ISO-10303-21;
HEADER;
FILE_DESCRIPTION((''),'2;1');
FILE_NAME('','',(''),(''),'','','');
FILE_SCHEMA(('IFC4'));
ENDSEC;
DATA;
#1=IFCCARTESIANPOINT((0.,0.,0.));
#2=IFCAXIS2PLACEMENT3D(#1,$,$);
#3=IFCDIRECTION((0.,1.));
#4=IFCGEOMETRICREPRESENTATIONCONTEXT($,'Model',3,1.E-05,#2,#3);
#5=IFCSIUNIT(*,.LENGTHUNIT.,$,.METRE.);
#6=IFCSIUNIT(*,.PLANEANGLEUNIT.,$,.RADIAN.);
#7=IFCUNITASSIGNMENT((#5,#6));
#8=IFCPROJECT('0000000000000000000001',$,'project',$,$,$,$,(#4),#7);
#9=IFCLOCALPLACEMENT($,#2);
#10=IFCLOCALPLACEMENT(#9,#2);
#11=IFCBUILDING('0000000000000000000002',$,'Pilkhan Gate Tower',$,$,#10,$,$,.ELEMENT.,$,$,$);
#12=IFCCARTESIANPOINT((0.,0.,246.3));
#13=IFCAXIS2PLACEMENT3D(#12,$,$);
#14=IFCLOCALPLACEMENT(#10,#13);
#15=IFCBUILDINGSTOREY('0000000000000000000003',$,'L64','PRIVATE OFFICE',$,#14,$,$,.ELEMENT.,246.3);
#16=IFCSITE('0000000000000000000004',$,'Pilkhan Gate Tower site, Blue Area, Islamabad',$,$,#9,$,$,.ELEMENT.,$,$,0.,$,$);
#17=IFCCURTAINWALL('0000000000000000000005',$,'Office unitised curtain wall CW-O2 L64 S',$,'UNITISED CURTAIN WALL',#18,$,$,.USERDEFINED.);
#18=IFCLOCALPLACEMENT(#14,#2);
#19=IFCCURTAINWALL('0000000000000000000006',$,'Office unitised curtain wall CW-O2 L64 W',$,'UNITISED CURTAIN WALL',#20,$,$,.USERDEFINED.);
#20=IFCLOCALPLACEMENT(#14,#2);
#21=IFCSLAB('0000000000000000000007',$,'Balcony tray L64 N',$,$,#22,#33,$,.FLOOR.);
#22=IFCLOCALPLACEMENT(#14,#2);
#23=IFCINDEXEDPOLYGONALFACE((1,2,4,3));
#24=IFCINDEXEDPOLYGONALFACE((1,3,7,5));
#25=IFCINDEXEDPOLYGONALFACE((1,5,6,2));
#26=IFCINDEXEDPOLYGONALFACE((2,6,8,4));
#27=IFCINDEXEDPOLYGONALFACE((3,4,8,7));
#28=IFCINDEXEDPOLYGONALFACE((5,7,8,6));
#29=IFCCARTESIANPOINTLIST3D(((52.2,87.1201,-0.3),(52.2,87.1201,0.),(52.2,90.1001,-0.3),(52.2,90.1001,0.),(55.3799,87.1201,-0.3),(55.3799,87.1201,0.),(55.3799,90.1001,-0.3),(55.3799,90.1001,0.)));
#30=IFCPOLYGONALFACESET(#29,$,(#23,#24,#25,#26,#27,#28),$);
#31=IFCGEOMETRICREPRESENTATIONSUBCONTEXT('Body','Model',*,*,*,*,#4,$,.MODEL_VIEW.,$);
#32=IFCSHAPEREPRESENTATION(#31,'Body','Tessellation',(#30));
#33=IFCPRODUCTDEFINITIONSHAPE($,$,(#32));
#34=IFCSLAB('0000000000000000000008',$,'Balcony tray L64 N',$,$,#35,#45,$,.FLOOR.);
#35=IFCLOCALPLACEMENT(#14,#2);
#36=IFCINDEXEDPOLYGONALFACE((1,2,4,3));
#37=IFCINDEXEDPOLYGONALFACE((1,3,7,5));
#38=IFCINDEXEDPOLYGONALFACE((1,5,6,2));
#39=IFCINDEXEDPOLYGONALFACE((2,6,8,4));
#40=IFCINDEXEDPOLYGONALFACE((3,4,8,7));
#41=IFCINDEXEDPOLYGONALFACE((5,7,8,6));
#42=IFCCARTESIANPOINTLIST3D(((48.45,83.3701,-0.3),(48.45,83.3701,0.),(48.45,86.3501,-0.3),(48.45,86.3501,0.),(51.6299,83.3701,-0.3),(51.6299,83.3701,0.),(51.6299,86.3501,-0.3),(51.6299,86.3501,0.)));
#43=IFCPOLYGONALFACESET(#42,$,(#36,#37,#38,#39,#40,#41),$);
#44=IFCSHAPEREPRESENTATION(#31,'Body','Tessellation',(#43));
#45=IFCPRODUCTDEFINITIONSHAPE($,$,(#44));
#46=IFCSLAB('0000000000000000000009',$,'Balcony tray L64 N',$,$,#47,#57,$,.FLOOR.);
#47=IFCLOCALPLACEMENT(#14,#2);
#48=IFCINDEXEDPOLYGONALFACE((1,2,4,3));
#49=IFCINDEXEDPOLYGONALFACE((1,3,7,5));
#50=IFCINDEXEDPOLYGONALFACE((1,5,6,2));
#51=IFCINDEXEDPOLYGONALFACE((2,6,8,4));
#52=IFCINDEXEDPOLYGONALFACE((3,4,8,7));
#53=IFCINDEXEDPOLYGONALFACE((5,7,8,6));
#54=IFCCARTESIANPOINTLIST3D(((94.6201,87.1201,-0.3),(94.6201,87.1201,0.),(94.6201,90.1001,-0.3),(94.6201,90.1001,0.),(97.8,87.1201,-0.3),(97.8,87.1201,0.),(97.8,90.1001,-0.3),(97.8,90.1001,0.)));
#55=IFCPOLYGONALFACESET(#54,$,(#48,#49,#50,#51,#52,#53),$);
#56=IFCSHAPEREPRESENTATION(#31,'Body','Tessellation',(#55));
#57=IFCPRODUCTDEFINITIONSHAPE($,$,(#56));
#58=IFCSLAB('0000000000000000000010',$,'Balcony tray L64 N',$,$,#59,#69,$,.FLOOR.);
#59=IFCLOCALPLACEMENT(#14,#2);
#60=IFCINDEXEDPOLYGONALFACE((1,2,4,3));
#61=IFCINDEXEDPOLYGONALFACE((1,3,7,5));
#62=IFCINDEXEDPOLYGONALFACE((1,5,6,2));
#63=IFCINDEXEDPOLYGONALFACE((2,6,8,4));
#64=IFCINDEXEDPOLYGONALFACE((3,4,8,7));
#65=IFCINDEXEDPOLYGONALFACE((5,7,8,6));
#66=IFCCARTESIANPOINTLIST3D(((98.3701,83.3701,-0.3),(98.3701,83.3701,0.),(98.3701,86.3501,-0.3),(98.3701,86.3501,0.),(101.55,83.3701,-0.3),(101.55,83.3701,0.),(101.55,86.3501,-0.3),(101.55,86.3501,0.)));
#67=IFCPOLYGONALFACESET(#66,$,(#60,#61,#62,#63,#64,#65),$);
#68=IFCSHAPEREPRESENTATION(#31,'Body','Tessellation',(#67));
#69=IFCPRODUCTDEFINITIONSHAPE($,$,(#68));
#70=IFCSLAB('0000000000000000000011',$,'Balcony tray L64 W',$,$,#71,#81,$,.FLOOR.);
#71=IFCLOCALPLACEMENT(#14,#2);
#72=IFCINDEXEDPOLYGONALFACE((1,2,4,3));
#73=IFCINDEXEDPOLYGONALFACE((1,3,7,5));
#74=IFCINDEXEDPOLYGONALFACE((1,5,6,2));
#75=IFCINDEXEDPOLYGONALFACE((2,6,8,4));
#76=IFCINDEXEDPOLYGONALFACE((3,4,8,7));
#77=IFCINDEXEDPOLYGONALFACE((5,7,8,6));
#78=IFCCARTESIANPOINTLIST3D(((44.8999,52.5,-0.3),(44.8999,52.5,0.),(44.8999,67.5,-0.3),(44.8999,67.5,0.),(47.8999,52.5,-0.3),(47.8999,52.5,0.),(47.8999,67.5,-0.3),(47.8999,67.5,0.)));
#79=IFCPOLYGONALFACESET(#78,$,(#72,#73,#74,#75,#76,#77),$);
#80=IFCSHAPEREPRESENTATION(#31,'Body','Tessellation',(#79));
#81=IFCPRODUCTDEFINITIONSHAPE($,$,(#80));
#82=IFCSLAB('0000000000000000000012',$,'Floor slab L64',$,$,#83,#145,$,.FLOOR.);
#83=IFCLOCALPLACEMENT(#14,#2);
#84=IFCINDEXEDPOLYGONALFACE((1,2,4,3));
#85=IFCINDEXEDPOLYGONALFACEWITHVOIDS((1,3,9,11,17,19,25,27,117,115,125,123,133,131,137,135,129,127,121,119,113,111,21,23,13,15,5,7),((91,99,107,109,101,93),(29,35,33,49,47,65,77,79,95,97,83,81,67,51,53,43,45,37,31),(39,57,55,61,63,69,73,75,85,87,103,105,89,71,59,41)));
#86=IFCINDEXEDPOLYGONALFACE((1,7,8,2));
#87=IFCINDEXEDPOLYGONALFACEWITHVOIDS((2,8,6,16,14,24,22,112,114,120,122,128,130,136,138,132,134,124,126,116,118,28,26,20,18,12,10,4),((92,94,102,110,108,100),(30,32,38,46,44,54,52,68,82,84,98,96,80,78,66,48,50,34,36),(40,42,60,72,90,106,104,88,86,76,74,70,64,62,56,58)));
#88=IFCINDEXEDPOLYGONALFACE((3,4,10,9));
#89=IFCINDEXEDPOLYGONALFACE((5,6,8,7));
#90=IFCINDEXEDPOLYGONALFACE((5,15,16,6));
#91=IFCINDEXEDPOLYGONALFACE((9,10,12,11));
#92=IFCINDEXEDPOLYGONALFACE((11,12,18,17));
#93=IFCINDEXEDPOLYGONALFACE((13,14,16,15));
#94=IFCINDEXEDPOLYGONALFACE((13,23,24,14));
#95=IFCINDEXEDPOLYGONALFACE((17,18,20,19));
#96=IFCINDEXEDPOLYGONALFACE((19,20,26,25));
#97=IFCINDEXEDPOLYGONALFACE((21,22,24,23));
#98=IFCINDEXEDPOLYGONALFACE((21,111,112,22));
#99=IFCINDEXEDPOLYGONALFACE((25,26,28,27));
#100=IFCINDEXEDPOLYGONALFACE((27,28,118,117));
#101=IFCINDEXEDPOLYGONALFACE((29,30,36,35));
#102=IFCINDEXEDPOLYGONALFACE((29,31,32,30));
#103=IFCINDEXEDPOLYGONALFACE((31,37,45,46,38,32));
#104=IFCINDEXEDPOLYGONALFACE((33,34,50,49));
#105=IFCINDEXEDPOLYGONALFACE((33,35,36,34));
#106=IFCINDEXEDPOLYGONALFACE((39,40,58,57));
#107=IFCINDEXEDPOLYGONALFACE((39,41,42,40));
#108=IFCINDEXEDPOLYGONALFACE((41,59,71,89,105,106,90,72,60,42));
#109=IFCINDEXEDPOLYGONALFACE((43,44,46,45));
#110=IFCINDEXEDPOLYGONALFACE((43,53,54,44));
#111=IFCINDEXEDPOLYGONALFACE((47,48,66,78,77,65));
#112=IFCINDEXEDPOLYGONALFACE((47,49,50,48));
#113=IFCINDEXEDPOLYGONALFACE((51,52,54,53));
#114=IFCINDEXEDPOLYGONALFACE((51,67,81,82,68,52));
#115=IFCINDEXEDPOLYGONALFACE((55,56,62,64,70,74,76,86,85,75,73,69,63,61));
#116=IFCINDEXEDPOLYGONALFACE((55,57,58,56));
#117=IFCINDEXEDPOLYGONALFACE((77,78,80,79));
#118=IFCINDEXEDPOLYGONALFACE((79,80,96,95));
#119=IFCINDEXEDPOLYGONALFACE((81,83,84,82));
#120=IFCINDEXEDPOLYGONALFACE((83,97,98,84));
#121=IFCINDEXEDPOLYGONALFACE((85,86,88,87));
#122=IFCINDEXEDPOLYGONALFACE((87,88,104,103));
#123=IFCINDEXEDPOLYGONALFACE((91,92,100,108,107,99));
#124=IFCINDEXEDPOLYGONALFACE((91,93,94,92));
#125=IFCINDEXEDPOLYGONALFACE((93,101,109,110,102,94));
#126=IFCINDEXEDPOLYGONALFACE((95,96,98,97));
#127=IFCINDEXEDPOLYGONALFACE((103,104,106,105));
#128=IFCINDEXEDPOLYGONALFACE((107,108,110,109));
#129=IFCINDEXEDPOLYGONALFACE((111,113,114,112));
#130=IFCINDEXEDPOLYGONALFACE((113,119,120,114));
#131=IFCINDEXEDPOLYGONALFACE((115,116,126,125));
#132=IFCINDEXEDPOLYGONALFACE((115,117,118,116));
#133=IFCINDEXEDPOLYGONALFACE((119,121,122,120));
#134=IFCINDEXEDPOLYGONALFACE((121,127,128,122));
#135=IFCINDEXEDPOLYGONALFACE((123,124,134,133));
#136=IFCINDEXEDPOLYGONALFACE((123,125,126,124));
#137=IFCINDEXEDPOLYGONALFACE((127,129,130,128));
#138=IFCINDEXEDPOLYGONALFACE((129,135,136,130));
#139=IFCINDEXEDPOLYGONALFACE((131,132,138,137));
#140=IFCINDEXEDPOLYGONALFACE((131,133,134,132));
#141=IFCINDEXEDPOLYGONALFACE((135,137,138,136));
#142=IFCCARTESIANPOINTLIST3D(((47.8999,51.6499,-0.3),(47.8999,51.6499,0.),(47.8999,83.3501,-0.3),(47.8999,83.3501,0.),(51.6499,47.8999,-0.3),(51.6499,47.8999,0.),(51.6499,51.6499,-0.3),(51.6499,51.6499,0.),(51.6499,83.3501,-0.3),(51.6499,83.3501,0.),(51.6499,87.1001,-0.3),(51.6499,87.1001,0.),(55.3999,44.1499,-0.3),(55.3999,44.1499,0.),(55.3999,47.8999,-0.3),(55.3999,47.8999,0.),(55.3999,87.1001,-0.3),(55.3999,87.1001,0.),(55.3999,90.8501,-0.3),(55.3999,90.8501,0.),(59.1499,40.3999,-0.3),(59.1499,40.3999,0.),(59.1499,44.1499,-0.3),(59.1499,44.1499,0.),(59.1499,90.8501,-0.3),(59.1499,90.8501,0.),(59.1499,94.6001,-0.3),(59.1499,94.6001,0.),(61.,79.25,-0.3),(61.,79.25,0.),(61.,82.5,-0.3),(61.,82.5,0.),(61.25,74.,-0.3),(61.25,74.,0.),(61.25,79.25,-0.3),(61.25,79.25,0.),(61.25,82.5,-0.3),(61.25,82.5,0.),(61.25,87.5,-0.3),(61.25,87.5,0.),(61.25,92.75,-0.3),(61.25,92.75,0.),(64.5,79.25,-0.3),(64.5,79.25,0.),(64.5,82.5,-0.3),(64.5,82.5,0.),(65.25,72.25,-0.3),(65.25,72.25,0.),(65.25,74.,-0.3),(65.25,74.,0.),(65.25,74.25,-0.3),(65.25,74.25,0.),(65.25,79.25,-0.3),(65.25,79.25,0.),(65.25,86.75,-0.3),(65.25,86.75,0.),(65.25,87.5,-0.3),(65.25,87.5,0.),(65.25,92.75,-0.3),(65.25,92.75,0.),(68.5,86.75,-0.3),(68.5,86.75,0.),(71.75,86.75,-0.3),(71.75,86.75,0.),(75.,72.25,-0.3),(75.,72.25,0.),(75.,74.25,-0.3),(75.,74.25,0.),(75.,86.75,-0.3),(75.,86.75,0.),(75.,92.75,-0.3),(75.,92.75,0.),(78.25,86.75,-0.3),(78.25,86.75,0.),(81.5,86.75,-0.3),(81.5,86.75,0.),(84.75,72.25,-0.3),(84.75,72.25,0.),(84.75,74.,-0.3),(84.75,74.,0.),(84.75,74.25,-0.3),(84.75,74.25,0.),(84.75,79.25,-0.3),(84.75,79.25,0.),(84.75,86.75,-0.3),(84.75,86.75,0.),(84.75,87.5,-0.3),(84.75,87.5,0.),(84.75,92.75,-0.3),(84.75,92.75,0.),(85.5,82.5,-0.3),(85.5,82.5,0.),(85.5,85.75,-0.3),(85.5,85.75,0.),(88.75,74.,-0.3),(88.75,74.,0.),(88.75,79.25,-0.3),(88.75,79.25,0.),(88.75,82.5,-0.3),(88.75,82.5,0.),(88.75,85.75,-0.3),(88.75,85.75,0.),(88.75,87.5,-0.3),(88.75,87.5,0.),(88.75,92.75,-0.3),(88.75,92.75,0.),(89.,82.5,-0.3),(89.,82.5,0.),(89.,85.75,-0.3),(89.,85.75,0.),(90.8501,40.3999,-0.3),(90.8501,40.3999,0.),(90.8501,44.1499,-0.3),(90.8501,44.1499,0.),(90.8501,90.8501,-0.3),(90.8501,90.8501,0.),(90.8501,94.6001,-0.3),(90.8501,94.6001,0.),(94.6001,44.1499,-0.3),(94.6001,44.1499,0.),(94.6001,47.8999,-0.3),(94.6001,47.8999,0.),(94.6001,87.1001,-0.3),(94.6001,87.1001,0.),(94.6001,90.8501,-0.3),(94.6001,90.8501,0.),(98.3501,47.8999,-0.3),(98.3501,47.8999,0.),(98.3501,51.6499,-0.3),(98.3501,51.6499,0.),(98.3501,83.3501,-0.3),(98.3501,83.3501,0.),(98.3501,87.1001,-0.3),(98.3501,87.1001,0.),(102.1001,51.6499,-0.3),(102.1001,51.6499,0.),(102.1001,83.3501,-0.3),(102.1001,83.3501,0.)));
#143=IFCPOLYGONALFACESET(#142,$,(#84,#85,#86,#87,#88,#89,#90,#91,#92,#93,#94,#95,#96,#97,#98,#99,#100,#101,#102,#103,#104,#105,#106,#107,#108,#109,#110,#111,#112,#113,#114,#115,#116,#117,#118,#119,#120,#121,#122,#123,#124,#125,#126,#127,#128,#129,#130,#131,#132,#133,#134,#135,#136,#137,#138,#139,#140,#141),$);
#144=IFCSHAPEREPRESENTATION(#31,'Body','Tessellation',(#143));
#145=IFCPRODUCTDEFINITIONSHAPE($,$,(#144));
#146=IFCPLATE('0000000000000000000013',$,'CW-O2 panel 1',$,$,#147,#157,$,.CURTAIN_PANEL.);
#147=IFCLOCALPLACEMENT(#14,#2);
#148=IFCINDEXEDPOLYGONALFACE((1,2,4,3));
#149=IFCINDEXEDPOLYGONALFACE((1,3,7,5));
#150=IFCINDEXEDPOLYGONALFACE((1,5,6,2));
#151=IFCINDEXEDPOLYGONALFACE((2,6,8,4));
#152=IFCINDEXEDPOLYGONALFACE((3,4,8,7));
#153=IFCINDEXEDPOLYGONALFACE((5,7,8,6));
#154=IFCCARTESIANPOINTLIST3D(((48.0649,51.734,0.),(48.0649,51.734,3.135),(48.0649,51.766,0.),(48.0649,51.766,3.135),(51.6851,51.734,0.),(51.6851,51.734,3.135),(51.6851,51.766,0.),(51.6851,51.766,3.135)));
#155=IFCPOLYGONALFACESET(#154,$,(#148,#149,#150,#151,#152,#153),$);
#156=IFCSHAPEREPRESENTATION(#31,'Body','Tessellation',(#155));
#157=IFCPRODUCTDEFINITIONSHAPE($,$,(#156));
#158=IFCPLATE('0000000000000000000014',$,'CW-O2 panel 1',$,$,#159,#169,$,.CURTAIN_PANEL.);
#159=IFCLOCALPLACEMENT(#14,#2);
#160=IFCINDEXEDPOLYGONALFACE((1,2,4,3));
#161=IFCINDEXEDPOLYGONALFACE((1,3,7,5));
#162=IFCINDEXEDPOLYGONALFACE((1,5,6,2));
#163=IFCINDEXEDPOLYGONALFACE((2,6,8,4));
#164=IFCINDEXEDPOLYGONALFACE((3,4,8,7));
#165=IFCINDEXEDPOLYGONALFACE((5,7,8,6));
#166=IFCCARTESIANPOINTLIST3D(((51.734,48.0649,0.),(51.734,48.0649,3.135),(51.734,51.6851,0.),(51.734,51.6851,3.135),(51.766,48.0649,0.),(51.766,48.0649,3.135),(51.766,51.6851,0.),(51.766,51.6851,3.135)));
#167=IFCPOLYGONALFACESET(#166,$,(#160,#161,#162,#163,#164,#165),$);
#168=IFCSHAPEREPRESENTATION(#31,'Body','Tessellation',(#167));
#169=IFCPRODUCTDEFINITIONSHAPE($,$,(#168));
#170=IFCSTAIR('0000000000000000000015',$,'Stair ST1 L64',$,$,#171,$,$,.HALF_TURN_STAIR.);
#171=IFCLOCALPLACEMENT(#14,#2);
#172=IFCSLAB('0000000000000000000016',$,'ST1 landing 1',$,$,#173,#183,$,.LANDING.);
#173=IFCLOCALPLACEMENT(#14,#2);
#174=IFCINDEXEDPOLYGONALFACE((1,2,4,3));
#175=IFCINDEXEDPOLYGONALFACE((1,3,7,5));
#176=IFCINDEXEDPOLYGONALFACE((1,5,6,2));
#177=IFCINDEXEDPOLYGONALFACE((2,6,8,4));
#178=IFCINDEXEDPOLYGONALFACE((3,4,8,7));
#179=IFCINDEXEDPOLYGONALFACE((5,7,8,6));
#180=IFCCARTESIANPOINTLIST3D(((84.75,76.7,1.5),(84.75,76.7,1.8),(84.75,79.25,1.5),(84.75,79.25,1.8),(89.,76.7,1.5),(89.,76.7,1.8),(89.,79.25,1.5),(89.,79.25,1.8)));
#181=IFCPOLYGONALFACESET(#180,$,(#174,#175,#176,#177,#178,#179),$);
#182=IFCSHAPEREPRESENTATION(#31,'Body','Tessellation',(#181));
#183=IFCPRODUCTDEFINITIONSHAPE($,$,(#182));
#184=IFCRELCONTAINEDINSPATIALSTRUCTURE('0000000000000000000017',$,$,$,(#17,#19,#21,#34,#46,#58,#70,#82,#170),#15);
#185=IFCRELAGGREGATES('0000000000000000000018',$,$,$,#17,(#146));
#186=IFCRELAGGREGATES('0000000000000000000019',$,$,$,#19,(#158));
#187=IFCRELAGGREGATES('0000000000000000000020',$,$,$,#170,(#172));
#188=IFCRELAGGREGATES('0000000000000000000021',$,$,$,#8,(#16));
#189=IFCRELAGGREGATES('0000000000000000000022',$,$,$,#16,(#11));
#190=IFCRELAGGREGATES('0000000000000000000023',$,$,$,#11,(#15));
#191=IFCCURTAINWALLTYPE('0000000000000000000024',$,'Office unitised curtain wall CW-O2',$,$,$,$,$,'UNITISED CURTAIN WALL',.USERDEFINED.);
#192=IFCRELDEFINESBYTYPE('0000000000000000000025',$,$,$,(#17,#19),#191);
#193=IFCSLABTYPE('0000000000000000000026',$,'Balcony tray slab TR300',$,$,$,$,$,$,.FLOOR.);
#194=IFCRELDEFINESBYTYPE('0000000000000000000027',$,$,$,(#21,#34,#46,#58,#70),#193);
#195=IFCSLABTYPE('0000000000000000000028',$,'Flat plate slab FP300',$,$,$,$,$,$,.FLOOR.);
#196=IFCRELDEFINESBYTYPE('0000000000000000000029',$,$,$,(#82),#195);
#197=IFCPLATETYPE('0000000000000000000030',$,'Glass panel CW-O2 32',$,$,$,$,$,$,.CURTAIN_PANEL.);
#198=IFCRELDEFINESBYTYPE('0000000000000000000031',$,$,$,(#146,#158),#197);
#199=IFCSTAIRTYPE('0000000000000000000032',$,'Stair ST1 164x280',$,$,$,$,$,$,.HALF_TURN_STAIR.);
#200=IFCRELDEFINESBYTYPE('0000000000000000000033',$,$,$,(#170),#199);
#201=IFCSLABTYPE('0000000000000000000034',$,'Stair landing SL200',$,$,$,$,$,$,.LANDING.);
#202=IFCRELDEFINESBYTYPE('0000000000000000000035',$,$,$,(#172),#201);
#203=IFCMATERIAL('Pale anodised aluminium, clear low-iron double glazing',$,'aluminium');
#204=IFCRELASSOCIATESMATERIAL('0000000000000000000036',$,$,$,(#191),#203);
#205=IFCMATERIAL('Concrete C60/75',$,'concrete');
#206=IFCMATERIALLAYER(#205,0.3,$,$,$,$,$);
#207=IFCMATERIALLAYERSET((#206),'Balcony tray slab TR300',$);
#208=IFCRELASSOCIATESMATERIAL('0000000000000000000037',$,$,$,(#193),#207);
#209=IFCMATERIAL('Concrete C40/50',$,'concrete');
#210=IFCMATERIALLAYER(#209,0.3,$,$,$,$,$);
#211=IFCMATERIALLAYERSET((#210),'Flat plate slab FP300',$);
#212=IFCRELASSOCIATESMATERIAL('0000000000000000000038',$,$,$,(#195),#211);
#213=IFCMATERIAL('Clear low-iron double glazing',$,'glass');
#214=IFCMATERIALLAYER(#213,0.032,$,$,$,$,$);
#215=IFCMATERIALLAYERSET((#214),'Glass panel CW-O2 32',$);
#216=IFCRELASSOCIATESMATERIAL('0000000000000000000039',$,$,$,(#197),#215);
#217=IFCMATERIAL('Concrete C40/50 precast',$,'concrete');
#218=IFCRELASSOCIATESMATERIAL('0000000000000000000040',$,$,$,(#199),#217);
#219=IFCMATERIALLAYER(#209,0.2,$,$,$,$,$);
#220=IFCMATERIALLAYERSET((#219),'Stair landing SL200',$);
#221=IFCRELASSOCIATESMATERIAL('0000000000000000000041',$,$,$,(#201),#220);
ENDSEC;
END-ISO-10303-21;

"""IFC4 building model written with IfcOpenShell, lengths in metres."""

from ifc_helpers import new_model, si_unit, direction, frame, origin, origin_2d, place, context, subcontext, project, spatial, polyline, rectangle, outline, extrude, material, layer, layer_set, type_object, element, aggregate, save


model = new_model("IFC4")

# Units and contexts
model_context = context("Model", 3, precision=1e-05, world=origin(), true_north=direction((0.0, 1.0)))
body_context = subcontext(model_context, "Body", "Model", "MODEL_VIEW")
ifc_project = project(units=[si_unit("LENGTHUNIT", "METRE"), si_unit("PLANEANGLEUNIT", "RADIAN")], contexts=[model_context])

# Site, building, storey
site_placement = place(None, origin())
site = spatial("IfcSite", under=ifc_project, at=site_placement, Name="Pilkhan Gate Tower site, Blue Area, Islamabad", CompositionType="ELEMENT", RefElevation=0.0)
building_placement = place(site_placement, origin())
building = spatial("IfcBuilding", under=site, at=building_placement, Name="Pilkhan Gate Tower", CompositionType="ELEMENT")
storey_placement = place(building_placement, frame((0.0, 0.0, 246.3)))
storey = spatial("IfcBuildingStorey", under=building, at=storey_placement, Name="L64", Description="PRIVATE OFFICE", CompositionType="ELEMENT", Elevation=246.3)

# Shared definitions
ifc_material_1 = material(Name="Pale anodised aluminium, clear low-iron double glazing", Category="aluminium")
curtain_wall_type = type_object("IfcCurtainWallType", Name="Office unitised curtain wall CW-O2", ElementType="UNITISED CURTAIN WALL", PredefinedType="USERDEFINED", material=ifc_material_1)

# Curtain walls
curtain_wall_1_placement = place(storey_placement, origin())
curtain_wall_1 = element("IfcCurtainWall", 1, at=curtain_wall_1_placement, inside=storey, type_object=curtain_wall_type, Name="Office unitised curtain wall CW-O2 L64 S", ObjectType="UNITISED CURTAIN WALL", PredefinedType="USERDEFINED")
curtain_wall_2_placement = place(storey_placement, origin())
curtain_wall_2 = element("IfcCurtainWall", 2, at=curtain_wall_2_placement, inside=storey, type_object=curtain_wall_type, Name="Office unitised curtain wall CW-O2 L64 W", ObjectType="UNITISED CURTAIN WALL", PredefinedType="USERDEFINED")

# Slabs
ifc_material_2 = material(Name="Concrete C60/75", Category="concrete")
ifc_layer_1 = layer(ifc_material_2, 0.3)
ifc_layer_set_1 = layer_set([ifc_layer_1], Name="Balcony tray slab TR300")
slab_type_1 = type_object("IfcSlabType", Name="Balcony tray slab TR300", PredefinedType="FLOOR", material=ifc_layer_set_1)
slab_1_placement = place(storey_placement, frame((0.0, 0.0, -0.3)))
element("IfcSlab", 3, at=slab_1_placement, inside=storey, type_object=slab_type_1, Name="Balcony tray L64 N", PredefinedType="FLOOR", context=body_context, shape_type="SweptSolid", body=[
    extrude(outline(polyline([(55.3799, 87.1201), (55.3799, 90.1001), (52.2, 90.1001), (52.2, 87.1201), (55.3799, 87.1201)])), origin(), (0.0, 0.0, 1.0), 0.3),
])
slab_2_placement = place(storey_placement, frame((0.0, 0.0, -0.3)))
element("IfcSlab", 4, at=slab_2_placement, inside=storey, type_object=slab_type_1, Name="Balcony tray L64 N", PredefinedType="FLOOR", context=body_context, shape_type="SweptSolid", body=[
    extrude(outline(polyline([(51.6299, 83.3701), (51.6299, 86.3501), (48.45, 86.3501), (48.45, 83.3701), (51.6299, 83.3701)])), origin(), (0.0, 0.0, 1.0), 0.3),
])
slab_3_placement = place(storey_placement, frame((0.0, 0.0, -0.3)))
element("IfcSlab", 5, at=slab_3_placement, inside=storey, type_object=slab_type_1, Name="Balcony tray L64 N", PredefinedType="FLOOR", context=body_context, shape_type="SweptSolid", body=[
    extrude(outline(polyline([(97.8, 87.1201), (97.8, 90.1001), (94.6201, 90.1001), (94.6201, 87.1201), (97.8, 87.1201)])), origin(), (0.0, 0.0, 1.0), 0.3),
])
slab_4_placement = place(storey_placement, frame((0.0, 0.0, -0.3)))
element("IfcSlab", 6, at=slab_4_placement, inside=storey, type_object=slab_type_1, Name="Balcony tray L64 N", PredefinedType="FLOOR", context=body_context, shape_type="SweptSolid", body=[
    extrude(outline(polyline([(101.55, 83.3701), (101.55, 86.3501), (98.3701, 86.3501), (98.3701, 83.3701), (101.55, 83.3701)])), origin(), (0.0, 0.0, 1.0), 0.3),
])
slab_5_placement = place(storey_placement, frame((0.0, 0.0, -0.3)))
element("IfcSlab", 7, at=slab_5_placement, inside=storey, type_object=slab_type_1, Name="Balcony tray L64 W", PredefinedType="FLOOR", context=body_context, shape_type="SweptSolid", body=[
    extrude(outline(polyline([(47.8999, 52.5), (47.8999, 67.5), (44.8999, 67.5), (44.8999, 52.5), (47.8999, 52.5)])), origin(), (0.0, 0.0, 1.0), 0.3),
])
ifc_material_3 = material(Name="Concrete C40/50", Category="concrete")
ifc_layer_2 = layer(ifc_material_3, 0.3)
ifc_layer_set_2 = layer_set([ifc_layer_2], Name="Flat plate slab FP300")
slab_type_2 = type_object("IfcSlabType", Name="Flat plate slab FP300", PredefinedType="FLOOR", material=ifc_layer_set_2)
slab_6_placement = place(storey_placement, frame((0.0, 0.0, -0.3)))
element("IfcSlab", 8, at=slab_6_placement, inside=storey, type_object=slab_type_2, Name="Floor slab L64", PredefinedType="FLOOR", context=body_context, shape_type="SweptSolid", body=[
    extrude(outline(polyline([(98.3501, 47.8999), (94.6001, 47.8999), (94.6001, 44.1499), (90.8501, 44.1499), (90.8501, 40.3999), (59.1499, 40.3999), (59.1499, 44.1499), (55.3999, 44.1499), (55.3999, 47.8999), (51.6499, 47.8999), (51.6499, 51.6499), (47.8999, 51.6499), (47.8999, 83.3501), (51.6499, 83.3501), (51.6499, 87.1001), (55.3999, 87.1001), (55.3999, 90.8501), (59.1499, 90.8501), (59.1499, 94.6001), (90.8501, 94.6001), (90.8501, 90.8501), (94.6001, 90.8501), (94.6001, 87.1001), (98.3501, 87.1001), (98.3501, 83.3501), (102.1001, 83.3501), (102.1001, 51.6499), (98.3501, 51.6499), (98.3501, 47.8999)]), holes=[polyline([(75.0, 72.25), (84.75, 72.25), (84.75, 74.0), (88.75, 74.0), (88.75, 79.25), (84.75, 79.25), (84.75, 74.25), (75.0, 74.25), (65.25, 74.25), (65.25, 79.25), (64.5, 79.25), (64.5, 82.5), (61.25, 82.5), (61.0, 82.5), (61.0, 79.25), (61.25, 79.25), (61.25, 74.0), (65.25, 74.0), (65.25, 72.25), (75.0, 72.25)]), polyline([(68.5, 86.75), (71.75, 86.75), (75.0, 86.75), (78.25, 86.75), (81.5, 86.75), (84.75, 86.75), (84.75, 87.5), (88.75, 87.5), (88.75, 92.75), (84.75, 92.75), (75.0, 92.75), (65.25, 92.75), (61.25, 92.75), (61.25, 87.5), (65.25, 87.5), (65.25, 86.75), (68.5, 86.75)]), polyline([(85.5, 85.75), (85.5, 82.5), (88.75, 82.5), (89.0, 82.5), (89.0, 85.75), (88.75, 85.75), (85.5, 85.75)])]), origin(), (0.0, 0.0, 1.0), 0.3),
])

# Plates
ifc_material_4 = material(Name="Clear low-iron double glazing", Category="glass")
ifc_layer_3 = layer(ifc_material_4, 0.032)
ifc_layer_set_3 = layer_set([ifc_layer_3], Name="Glass panel CW-O2 32")
plate_type = type_object("IfcPlateType", Name="Glass panel CW-O2 32", PredefinedType="CURTAIN_PANEL", material=ifc_layer_set_3)
plate_1_placement = place(storey_placement, frame((49.875, 51.75, 0.0), z_axis=(0.0, 0.0, 1.0), x_axis=(1.0, 0.0, 0.0)))
plate_1 = element("IfcPlate", 9, at=plate_1_placement, type_object=plate_type, Name="CW-O2 panel 1", PredefinedType="CURTAIN_PANEL", context=body_context, shape_type="SweptSolid", body=[
    extrude(rectangle(XDim=3.6201, YDim=0.032, at=origin_2d()), origin(), (0.0, 0.0, 1.0), 3.135),
])
aggregate(curtain_wall_1, [plate_1])
plate_2_placement = place(storey_placement, frame((51.75, 49.875, 0.0), z_axis=(0.0, 0.0, 1.0), x_axis=(0.0, 1.0, 0.0)))
plate_2 = element("IfcPlate", 10, at=plate_2_placement, type_object=plate_type, Name="CW-O2 panel 1", PredefinedType="CURTAIN_PANEL", context=body_context, shape_type="SweptSolid", body=[
    extrude(rectangle(XDim=3.6201, YDim=0.032, at=origin_2d()), origin(), (0.0, 0.0, 1.0), 3.135),
])
aggregate(curtain_wall_2, [plate_2])

# Stair, slab
ifc_material_5 = material(Name="Concrete C40/50 precast", Category="concrete")
stair_type_1 = type_object("IfcStairType", Name="Stair ST1 164x280", PredefinedType="HALF_TURN_STAIR", material=ifc_material_5)
stair_1_placement = place(storey_placement, origin())
stair_1 = element("IfcStair", 11, at=stair_1_placement, inside=storey, type_object=stair_type_1, Name="Stair ST1 L64", PredefinedType="HALF_TURN_STAIR")
ifc_layer_4 = layer(ifc_material_3, 0.2)
ifc_layer_set_4 = layer_set([ifc_layer_4], Name="Stair landing SL200")
slab_type_3 = type_object("IfcSlabType", Name="Stair landing SL200", PredefinedType="LANDING", material=ifc_layer_set_4)
slab_7_placement = place(storey_placement, frame((0.0, 0.0, 1.5)))
slab_7 = element("IfcSlab", 12, at=slab_7_placement, type_object=slab_type_3, Name="ST1 landing 1", PredefinedType="LANDING", context=body_context, shape_type="SweptSolid", body=[
    extrude(outline(polyline([(89.0, 76.7), (89.0, 79.25), (84.75, 79.25), (84.75, 76.7), (89.0, 76.7)])), origin(), (0.0, 0.0, 1.0), 0.3),
])
aggregate(stair_1, [slab_7])

save(model, "model.ifc")
